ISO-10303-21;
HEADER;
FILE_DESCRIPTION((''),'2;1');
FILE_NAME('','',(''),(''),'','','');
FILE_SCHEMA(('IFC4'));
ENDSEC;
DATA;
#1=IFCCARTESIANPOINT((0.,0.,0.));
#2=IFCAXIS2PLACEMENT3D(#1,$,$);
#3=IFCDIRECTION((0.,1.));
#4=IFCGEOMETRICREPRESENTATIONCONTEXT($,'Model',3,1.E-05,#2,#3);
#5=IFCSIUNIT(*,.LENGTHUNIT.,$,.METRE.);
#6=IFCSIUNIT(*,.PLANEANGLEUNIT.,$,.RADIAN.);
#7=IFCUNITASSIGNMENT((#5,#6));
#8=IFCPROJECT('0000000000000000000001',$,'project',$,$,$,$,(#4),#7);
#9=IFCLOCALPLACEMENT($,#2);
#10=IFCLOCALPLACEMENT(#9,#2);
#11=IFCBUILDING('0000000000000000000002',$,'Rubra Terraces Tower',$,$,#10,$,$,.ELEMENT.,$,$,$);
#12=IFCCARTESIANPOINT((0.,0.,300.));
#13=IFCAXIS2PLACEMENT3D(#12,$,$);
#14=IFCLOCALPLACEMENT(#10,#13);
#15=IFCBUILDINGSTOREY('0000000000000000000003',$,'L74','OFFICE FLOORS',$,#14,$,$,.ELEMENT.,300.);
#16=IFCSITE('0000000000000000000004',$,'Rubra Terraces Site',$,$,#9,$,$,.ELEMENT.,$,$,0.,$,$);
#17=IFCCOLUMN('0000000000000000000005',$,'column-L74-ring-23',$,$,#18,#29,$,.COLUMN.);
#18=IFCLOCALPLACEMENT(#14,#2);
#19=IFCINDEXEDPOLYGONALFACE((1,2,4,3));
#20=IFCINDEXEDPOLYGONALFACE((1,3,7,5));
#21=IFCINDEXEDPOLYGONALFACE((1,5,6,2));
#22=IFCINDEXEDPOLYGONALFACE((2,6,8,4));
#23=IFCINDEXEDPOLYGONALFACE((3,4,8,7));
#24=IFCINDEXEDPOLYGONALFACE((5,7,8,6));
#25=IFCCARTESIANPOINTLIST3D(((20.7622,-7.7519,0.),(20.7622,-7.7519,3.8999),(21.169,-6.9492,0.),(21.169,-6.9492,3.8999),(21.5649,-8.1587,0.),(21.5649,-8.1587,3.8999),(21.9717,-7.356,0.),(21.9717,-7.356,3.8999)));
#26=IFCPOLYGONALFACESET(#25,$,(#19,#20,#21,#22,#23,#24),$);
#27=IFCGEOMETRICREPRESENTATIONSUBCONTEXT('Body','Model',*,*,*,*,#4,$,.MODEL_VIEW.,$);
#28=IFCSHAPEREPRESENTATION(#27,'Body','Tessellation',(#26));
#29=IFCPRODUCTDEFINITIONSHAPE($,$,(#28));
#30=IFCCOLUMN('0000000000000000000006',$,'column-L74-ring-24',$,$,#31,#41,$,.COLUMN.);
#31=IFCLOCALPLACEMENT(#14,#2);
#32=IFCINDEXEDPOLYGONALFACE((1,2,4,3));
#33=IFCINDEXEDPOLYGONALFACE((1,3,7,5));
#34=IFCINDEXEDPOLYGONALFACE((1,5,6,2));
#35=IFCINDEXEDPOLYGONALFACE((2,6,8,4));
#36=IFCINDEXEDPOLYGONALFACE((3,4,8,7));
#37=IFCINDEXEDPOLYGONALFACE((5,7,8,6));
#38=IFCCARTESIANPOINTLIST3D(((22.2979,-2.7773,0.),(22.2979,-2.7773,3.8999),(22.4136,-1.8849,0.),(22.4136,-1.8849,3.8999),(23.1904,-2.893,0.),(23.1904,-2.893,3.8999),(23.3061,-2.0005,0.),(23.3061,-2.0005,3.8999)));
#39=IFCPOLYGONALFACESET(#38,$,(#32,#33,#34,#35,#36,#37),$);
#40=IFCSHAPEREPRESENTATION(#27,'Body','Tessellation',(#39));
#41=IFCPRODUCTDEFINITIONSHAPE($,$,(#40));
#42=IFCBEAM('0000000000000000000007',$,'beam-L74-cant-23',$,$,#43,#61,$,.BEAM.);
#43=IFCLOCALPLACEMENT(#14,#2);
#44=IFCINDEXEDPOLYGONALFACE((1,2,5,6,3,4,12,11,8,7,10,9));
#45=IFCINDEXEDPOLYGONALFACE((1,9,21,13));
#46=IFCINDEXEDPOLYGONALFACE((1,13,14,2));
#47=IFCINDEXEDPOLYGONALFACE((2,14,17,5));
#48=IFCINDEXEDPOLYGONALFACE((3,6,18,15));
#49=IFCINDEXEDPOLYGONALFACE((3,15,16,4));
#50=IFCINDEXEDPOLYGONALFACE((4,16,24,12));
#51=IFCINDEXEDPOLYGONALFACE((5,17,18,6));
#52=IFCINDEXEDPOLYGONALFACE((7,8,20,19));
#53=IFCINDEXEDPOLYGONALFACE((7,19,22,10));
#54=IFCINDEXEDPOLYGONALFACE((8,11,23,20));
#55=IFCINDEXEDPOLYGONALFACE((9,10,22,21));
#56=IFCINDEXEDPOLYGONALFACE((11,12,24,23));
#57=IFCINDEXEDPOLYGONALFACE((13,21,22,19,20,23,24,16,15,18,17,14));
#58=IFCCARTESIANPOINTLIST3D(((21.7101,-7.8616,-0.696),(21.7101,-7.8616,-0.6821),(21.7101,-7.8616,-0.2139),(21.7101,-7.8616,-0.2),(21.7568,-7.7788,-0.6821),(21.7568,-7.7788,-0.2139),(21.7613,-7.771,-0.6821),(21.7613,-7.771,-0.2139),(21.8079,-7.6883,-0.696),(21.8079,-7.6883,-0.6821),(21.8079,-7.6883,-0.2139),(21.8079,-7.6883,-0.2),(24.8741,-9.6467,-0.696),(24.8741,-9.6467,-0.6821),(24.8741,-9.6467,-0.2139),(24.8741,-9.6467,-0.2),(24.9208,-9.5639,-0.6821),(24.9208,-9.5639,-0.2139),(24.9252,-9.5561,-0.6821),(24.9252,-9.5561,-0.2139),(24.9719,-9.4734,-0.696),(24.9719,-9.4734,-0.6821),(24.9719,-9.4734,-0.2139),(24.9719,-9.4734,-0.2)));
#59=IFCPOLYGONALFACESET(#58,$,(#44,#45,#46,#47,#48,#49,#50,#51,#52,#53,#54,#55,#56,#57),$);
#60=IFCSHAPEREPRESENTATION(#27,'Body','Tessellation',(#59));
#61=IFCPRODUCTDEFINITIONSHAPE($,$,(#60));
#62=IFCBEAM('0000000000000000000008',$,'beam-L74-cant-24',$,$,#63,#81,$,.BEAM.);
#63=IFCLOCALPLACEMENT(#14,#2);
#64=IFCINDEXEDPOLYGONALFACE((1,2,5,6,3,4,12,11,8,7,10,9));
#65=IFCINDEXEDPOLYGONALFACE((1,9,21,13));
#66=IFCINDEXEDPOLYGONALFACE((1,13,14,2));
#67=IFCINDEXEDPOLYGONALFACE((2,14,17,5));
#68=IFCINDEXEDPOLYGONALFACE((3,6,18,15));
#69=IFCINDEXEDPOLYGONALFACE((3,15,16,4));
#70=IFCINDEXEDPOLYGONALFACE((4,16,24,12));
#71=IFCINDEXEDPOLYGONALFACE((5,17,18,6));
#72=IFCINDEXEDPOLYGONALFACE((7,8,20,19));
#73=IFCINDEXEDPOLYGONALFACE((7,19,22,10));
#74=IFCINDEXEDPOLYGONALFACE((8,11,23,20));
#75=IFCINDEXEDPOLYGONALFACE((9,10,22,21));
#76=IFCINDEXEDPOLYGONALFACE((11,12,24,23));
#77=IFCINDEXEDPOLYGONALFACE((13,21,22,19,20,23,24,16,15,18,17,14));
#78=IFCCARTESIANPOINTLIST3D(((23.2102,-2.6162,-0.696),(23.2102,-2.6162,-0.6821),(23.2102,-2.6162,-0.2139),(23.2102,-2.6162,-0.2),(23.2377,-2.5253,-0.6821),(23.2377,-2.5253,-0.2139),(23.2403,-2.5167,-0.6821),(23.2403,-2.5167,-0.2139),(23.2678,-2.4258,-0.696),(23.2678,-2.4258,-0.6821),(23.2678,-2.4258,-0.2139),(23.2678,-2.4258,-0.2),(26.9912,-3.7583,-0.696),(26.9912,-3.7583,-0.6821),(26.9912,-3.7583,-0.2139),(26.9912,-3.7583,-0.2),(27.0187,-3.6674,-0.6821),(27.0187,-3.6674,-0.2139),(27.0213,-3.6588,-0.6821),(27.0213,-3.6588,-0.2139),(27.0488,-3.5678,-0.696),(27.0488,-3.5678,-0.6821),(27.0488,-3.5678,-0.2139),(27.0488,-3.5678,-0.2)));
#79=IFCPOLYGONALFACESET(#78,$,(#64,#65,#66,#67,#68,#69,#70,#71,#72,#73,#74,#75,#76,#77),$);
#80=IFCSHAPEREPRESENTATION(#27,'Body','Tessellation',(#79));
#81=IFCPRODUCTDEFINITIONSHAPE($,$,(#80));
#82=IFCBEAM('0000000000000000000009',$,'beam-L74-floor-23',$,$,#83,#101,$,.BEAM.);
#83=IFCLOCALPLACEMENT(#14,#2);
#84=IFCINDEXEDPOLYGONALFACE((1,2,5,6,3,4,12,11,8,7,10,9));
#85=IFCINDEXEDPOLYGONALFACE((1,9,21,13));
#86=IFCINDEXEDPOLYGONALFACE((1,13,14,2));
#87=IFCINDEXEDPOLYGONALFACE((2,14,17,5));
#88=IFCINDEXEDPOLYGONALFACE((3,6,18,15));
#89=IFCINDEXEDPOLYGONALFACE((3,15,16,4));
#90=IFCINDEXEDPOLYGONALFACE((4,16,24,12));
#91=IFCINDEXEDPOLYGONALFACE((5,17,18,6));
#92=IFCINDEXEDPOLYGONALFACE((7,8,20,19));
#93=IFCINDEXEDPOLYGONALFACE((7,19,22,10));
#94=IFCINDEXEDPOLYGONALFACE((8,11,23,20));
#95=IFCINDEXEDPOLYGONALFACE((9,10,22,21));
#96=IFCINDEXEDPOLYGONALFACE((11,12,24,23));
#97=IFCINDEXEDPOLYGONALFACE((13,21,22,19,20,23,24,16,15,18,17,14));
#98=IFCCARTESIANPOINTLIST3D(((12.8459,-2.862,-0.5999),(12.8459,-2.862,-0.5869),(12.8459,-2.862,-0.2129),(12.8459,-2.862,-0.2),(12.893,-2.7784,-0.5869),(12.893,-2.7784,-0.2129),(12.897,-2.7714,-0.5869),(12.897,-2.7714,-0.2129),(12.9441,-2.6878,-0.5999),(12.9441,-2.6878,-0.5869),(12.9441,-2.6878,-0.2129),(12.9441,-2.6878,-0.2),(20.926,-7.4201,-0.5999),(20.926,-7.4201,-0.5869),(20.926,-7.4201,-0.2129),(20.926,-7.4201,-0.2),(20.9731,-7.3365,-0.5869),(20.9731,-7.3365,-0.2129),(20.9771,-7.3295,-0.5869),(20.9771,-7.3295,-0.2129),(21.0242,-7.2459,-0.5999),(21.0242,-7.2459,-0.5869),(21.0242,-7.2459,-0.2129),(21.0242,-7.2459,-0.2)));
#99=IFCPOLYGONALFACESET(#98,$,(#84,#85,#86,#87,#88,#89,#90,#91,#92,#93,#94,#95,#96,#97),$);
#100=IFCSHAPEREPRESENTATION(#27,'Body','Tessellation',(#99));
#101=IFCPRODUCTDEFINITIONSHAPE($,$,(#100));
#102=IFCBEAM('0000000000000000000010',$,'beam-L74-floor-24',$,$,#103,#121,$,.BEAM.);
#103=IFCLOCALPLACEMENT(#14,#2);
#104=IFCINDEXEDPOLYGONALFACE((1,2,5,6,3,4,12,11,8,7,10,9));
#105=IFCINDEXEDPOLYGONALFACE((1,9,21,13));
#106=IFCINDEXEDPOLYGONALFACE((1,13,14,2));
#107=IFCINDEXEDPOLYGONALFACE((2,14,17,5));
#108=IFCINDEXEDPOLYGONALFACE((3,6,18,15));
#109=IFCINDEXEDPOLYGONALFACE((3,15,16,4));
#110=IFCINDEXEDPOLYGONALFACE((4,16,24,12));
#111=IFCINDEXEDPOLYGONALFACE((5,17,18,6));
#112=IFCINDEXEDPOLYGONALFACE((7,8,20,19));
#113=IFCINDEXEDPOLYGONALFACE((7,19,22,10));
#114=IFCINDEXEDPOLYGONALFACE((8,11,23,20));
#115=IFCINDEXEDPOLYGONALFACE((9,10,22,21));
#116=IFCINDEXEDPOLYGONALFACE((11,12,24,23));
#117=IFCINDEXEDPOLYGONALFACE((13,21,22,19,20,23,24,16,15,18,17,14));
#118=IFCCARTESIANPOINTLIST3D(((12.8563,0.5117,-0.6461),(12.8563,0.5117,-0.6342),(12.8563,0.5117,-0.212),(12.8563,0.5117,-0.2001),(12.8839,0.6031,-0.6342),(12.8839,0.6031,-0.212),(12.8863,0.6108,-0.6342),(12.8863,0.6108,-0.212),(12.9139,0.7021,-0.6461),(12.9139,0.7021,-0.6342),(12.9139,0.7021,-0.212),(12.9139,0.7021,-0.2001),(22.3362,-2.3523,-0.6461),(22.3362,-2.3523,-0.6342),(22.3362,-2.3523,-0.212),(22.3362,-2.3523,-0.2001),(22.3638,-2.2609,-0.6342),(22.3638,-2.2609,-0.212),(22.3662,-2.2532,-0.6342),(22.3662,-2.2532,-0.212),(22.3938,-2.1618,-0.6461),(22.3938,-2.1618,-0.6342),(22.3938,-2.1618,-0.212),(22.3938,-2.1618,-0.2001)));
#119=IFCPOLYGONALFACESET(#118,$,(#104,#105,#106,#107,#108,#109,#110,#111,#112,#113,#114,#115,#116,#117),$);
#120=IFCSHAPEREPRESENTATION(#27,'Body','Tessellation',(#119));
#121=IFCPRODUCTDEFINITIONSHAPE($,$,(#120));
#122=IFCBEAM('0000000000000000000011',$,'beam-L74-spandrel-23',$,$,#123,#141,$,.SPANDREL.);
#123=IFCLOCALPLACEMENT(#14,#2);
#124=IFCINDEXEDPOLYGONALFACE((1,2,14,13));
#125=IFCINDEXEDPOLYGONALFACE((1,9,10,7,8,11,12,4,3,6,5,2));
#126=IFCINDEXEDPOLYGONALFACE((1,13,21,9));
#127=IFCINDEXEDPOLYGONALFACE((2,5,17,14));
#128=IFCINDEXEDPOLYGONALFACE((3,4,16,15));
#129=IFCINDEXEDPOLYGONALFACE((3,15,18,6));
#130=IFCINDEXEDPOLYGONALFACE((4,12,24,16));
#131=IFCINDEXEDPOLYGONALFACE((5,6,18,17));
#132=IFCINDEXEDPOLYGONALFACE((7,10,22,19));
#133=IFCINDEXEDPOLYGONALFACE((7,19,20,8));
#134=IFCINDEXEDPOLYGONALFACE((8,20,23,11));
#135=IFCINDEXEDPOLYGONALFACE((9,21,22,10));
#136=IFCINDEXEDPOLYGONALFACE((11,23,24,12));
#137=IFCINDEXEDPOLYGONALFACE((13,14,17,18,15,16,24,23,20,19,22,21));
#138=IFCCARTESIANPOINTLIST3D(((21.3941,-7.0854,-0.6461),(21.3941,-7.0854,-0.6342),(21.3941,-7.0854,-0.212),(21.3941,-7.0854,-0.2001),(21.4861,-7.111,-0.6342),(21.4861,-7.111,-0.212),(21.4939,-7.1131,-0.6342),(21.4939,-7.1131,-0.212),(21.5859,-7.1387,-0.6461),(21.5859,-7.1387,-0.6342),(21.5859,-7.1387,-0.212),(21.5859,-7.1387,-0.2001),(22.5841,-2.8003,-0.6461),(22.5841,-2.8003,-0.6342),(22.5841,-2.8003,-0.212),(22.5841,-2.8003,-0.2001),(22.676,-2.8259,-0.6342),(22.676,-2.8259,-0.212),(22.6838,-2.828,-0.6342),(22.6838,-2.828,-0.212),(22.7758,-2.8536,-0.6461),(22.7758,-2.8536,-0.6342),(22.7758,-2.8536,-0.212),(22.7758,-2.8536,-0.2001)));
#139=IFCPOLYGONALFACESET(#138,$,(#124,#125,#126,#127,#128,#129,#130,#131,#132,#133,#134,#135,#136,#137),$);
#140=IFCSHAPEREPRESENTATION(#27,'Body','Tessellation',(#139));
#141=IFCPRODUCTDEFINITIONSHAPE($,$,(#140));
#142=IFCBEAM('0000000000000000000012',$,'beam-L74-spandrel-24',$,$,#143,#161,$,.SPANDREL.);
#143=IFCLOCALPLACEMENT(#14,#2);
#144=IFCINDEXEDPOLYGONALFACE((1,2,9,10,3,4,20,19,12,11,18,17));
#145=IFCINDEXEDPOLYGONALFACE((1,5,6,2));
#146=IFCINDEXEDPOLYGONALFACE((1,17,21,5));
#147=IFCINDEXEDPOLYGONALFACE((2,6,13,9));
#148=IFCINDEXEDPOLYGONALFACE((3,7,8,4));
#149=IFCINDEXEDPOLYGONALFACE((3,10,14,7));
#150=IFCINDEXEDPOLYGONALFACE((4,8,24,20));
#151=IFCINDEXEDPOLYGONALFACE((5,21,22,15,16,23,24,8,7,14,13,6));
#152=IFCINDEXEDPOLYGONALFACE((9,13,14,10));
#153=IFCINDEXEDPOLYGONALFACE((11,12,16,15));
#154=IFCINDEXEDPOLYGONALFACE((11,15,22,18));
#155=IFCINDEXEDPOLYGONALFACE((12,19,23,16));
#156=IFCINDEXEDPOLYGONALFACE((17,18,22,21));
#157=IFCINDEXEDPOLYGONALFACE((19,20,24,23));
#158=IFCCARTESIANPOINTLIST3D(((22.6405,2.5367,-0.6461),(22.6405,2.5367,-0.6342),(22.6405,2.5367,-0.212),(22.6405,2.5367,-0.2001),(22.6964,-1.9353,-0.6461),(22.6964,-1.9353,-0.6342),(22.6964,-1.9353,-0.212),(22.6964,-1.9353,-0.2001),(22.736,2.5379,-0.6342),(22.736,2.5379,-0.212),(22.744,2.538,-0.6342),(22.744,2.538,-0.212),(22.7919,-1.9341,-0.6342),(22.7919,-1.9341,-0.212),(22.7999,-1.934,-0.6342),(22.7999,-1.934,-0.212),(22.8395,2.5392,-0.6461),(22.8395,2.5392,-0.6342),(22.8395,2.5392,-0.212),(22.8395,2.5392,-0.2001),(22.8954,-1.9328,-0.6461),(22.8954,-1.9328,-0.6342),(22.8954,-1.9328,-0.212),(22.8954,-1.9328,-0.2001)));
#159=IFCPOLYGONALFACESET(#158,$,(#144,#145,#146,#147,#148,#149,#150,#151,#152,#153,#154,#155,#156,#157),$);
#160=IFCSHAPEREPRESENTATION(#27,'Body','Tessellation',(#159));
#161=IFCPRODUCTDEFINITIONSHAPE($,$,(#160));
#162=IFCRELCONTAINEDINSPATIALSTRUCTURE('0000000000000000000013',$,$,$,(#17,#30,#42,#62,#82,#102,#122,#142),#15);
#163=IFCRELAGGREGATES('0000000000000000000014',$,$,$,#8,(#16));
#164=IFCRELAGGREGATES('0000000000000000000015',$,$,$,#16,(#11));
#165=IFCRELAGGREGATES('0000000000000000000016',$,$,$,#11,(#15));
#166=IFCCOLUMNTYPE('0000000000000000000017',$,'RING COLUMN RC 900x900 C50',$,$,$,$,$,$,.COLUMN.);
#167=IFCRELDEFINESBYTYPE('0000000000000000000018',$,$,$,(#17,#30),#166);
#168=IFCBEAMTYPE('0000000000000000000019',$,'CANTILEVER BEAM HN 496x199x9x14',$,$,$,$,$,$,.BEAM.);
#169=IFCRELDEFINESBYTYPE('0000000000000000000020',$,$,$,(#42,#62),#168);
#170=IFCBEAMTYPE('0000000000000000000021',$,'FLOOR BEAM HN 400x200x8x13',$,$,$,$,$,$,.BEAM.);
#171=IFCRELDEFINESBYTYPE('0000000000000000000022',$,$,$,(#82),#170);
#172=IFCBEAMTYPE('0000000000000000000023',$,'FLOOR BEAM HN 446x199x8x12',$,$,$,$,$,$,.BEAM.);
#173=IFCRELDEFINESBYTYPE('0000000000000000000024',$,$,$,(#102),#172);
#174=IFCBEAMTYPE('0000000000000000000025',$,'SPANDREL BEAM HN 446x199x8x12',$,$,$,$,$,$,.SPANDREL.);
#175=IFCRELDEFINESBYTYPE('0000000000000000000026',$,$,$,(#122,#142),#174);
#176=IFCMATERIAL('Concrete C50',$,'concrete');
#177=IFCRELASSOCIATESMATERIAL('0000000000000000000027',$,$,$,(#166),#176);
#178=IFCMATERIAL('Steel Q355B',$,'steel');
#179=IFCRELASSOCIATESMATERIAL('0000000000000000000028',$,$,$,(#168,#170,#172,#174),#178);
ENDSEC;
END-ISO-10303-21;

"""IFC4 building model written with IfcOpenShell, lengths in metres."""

from ifc_helpers import new_model, si_unit, direction, frame, origin, origin_2d, place, context, subcontext, project, spatial, rectangle, i_section, extrude, material, material_profile, profile_set, type_object, element, save


model = new_model("IFC4")

# Units and contexts
model_context = context("Model", 3, precision=1e-05, world=origin(), true_north=direction((0.0, 1.0)))
body_context = subcontext(model_context, "Body", "Model", "MODEL_VIEW")
ifc_project = project(units=[si_unit("LENGTHUNIT", "METRE"), si_unit("PLANEANGLEUNIT", "RADIAN")], contexts=[model_context])

# Site, building, storey
site_placement = place(None, origin())
site = spatial("IfcSite", under=ifc_project, at=site_placement, Name="Rubra Terraces Site", CompositionType="ELEMENT", RefElevation=0.0)
building_placement = place(site_placement, origin())
building = spatial("IfcBuilding", under=site, at=building_placement, Name="Rubra Terraces Tower", CompositionType="ELEMENT")
storey_placement = place(building_placement, frame((0.0, 0.0, 300.0)))
storey = spatial("IfcBuildingStorey", under=building, at=storey_placement, Name="L74", Description="OFFICE FLOORS", CompositionType="ELEMENT", Elevation=300.0)

# Columns
ifc_material_1 = material(Name="Concrete C50", Category="concrete")
ifc_material_profile_1 = material_profile(ifc_material_1, rectangle(XDim=0.8999, YDim=0.8999, at=origin_2d()), Name="RC 900x900")
ifc_profile_set_1 = profile_set([ifc_material_profile_1], Name="Concrete C50")
column_type = type_object("IfcColumnType", Name="RING COLUMN RC 900x900 C50", PredefinedType="COLUMN", material=ifc_profile_set_1)
for number, where, z_axis, x_axis, name in (
    (1, (21.3669, -7.554, 0.0), (0.0, 0.0, 1.0), (0.452079, 0.891978, 0.0), "column-L74-ring-23"),
    (2, (22.802, -2.3889, 0.0), (0.0, 0.0, 1.0), (0.128535, 0.991705, 0.0), "column-L74-ring-24"),
):
    element("IfcColumn", number, at=place(storey_placement, frame(where, z_axis=z_axis, x_axis=x_axis)), inside=storey, type_object=column_type, Name=name, PredefinedType="COLUMN", context=body_context, shape_type="SweptSolid", body=[
        extrude(rectangle(XDim=0.8999, YDim=0.8999, at=origin_2d()), origin(), (0.0, 0.0, 1.0), 3.8999),
    ])

# Beams
ifc_material_2 = material(Name="Steel Q355B", Category="steel")
ifc_material_profile_2 = material_profile(ifc_material_2, i_section(OverallWidth=0.199, OverallDepth=0.4961, WebThickness=0.009, FlangeThickness=0.0139, at=origin_2d()), Name="HN 496x199x9x14")
ifc_profile_set_2 = profile_set([ifc_material_profile_2], Name="Steel Q355B")
beam_type_1 = type_object("IfcBeamType", Name="CANTILEVER BEAM HN 496x199x9x14", PredefinedType="BEAM", material=ifc_profile_set_2)
beam_1_placement = place(storey_placement, frame((21.759, -7.7749, -0.448), z_axis=(0.870943, -0.491384, 0.0), x_axis=(0.491384, 0.870943, 0.0)))
element("IfcBeam", 3, at=beam_1_placement, inside=storey, type_object=beam_type_1, Name="beam-L74-cant-23", PredefinedType="BEAM", context=body_context, shape_type="SweptSolid", body=[
    extrude(i_section(OverallWidth=0.199, OverallDepth=0.4961, WebThickness=0.009, FlangeThickness=0.0139, at=origin_2d()), origin(), (0.0, 0.0, 1.0), 3.6328),
])
beam_2_placement = place(storey_placement, frame((23.239, -2.521, -0.448), z_axis=(0.957282, -0.289156, 0.0), x_axis=(0.289156, 0.957282, 0.0)))
element("IfcBeam", 4, at=beam_2_placement, inside=storey, type_object=beam_type_1, Name="beam-L74-cant-24", PredefinedType="BEAM", context=body_context, shape_type="SweptSolid", body=[
    extrude(i_section(OverallWidth=0.199, OverallDepth=0.4961, WebThickness=0.009, FlangeThickness=0.0139, at=origin_2d()), origin(), (0.0, 0.0, 1.0), 3.9497),
])
ifc_material_profile_3 = material_profile(ifc_material_2, i_section(OverallWidth=0.2, OverallDepth=0.3999, WebThickness=0.0081, FlangeThickness=0.0129, at=origin_2d()), Name="HN 400x200x8x13")
ifc_profile_set_3 = profile_set([ifc_material_profile_3], Name="Steel Q355B")
beam_type_2 = type_object("IfcBeamType", Name="FLOOR BEAM HN 400x200x8x13", PredefinedType="BEAM", material=ifc_profile_set_3)
beam_3_placement = place(storey_placement, frame((20.9751, -7.333, -0.3999), z_axis=(-0.870973, 0.49133, 0.0), x_axis=(-0.49133, -0.870973, 0.0)))
element("IfcBeam", 5, at=beam_3_placement, inside=storey, type_object=beam_type_2, Name="beam-L74-floor-23", PredefinedType="BEAM", context=body_context, shape_type="SweptSolid", body=[
    extrude(i_section(OverallWidth=0.2, OverallDepth=0.3999, WebThickness=0.0081, FlangeThickness=0.0129, at=origin_2d()), origin(), (0.0, 0.0, 1.0), 9.2771),
])
ifc_material_profile_4 = material_profile(ifc_material_2, i_section(OverallWidth=0.199, OverallDepth=0.446, WebThickness=0.0081, FlangeThickness=0.012, at=origin_2d()), Name="HN 446x199x8x12")
ifc_profile_set_4 = profile_set([ifc_material_profile_4], Name="Steel Q355B")
beam_type_3 = type_object("IfcBeamType", Name="FLOOR BEAM HN 446x199x8x12", PredefinedType="BEAM", material=ifc_profile_set_4)
beam_4_placement = place(storey_placement, frame((22.365, -2.2571, -0.4231), z_axis=(-0.957268, 0.289202, 0.0), x_axis=(-0.289202, -0.957268, 0.0)))
element("IfcBeam", 6, at=beam_4_placement, inside=storey, type_object=beam_type_3, Name="beam-L74-floor-24", PredefinedType="BEAM", context=body_context, shape_type="SweptSolid", body=[
    extrude(i_section(OverallWidth=0.199, OverallDepth=0.446, WebThickness=0.0081, FlangeThickness=0.012, at=origin_2d()), origin(), (0.0, 0.0, 1.0), 9.9031),
])
ifc_material_profile_5 = material_profile(ifc_material_2, i_section(OverallWidth=0.199, OverallDepth=0.446, WebThickness=0.0081, FlangeThickness=0.012, at=origin_2d()), Name="HN 446x199x8x12")
ifc_profile_set_5 = profile_set([ifc_material_profile_5], Name="Steel Q355B")
beam_type_4 = type_object("IfcBeamType", Name="SPANDREL BEAM HN 446x199x8x12", PredefinedType="SPANDREL", material=ifc_profile_set_5)
beam_5_placement = place(storey_placement, frame((21.49, -7.1121, -0.4231), z_axis=(0.267565, 0.96354, 0.0), x_axis=(-0.96354, 0.267565, 0.0)))
element("IfcBeam", 7, at=beam_5_placement, inside=storey, type_object=beam_type_4, Name="beam-L74-spandrel-23", PredefinedType="SPANDREL", context=body_context, shape_type="SweptSolid", body=[
    extrude(i_section(OverallWidth=0.199, OverallDepth=0.446, WebThickness=0.0081, FlangeThickness=0.012, at=origin_2d()), origin(), (0.0, 0.0, 1.0), 4.4473),
])
beam_6_placement = place(storey_placement, frame((22.7959, -1.9341, -0.4231), z_axis=(-0.0125, 0.999922, 0.0), x_axis=(-0.999922, -0.0125, 0.0)))
element("IfcBeam", 8, at=beam_6_placement, inside=storey, type_object=beam_type_4, Name="beam-L74-spandrel-24", PredefinedType="SPANDREL", context=body_context, shape_type="SweptSolid", body=[
    extrude(i_section(OverallWidth=0.199, OverallDepth=0.446, WebThickness=0.0081, FlangeThickness=0.012, at=origin_2d()), origin(), (0.0, 0.0, 1.0), 4.4724),
])

save(model, "model.ifc")
